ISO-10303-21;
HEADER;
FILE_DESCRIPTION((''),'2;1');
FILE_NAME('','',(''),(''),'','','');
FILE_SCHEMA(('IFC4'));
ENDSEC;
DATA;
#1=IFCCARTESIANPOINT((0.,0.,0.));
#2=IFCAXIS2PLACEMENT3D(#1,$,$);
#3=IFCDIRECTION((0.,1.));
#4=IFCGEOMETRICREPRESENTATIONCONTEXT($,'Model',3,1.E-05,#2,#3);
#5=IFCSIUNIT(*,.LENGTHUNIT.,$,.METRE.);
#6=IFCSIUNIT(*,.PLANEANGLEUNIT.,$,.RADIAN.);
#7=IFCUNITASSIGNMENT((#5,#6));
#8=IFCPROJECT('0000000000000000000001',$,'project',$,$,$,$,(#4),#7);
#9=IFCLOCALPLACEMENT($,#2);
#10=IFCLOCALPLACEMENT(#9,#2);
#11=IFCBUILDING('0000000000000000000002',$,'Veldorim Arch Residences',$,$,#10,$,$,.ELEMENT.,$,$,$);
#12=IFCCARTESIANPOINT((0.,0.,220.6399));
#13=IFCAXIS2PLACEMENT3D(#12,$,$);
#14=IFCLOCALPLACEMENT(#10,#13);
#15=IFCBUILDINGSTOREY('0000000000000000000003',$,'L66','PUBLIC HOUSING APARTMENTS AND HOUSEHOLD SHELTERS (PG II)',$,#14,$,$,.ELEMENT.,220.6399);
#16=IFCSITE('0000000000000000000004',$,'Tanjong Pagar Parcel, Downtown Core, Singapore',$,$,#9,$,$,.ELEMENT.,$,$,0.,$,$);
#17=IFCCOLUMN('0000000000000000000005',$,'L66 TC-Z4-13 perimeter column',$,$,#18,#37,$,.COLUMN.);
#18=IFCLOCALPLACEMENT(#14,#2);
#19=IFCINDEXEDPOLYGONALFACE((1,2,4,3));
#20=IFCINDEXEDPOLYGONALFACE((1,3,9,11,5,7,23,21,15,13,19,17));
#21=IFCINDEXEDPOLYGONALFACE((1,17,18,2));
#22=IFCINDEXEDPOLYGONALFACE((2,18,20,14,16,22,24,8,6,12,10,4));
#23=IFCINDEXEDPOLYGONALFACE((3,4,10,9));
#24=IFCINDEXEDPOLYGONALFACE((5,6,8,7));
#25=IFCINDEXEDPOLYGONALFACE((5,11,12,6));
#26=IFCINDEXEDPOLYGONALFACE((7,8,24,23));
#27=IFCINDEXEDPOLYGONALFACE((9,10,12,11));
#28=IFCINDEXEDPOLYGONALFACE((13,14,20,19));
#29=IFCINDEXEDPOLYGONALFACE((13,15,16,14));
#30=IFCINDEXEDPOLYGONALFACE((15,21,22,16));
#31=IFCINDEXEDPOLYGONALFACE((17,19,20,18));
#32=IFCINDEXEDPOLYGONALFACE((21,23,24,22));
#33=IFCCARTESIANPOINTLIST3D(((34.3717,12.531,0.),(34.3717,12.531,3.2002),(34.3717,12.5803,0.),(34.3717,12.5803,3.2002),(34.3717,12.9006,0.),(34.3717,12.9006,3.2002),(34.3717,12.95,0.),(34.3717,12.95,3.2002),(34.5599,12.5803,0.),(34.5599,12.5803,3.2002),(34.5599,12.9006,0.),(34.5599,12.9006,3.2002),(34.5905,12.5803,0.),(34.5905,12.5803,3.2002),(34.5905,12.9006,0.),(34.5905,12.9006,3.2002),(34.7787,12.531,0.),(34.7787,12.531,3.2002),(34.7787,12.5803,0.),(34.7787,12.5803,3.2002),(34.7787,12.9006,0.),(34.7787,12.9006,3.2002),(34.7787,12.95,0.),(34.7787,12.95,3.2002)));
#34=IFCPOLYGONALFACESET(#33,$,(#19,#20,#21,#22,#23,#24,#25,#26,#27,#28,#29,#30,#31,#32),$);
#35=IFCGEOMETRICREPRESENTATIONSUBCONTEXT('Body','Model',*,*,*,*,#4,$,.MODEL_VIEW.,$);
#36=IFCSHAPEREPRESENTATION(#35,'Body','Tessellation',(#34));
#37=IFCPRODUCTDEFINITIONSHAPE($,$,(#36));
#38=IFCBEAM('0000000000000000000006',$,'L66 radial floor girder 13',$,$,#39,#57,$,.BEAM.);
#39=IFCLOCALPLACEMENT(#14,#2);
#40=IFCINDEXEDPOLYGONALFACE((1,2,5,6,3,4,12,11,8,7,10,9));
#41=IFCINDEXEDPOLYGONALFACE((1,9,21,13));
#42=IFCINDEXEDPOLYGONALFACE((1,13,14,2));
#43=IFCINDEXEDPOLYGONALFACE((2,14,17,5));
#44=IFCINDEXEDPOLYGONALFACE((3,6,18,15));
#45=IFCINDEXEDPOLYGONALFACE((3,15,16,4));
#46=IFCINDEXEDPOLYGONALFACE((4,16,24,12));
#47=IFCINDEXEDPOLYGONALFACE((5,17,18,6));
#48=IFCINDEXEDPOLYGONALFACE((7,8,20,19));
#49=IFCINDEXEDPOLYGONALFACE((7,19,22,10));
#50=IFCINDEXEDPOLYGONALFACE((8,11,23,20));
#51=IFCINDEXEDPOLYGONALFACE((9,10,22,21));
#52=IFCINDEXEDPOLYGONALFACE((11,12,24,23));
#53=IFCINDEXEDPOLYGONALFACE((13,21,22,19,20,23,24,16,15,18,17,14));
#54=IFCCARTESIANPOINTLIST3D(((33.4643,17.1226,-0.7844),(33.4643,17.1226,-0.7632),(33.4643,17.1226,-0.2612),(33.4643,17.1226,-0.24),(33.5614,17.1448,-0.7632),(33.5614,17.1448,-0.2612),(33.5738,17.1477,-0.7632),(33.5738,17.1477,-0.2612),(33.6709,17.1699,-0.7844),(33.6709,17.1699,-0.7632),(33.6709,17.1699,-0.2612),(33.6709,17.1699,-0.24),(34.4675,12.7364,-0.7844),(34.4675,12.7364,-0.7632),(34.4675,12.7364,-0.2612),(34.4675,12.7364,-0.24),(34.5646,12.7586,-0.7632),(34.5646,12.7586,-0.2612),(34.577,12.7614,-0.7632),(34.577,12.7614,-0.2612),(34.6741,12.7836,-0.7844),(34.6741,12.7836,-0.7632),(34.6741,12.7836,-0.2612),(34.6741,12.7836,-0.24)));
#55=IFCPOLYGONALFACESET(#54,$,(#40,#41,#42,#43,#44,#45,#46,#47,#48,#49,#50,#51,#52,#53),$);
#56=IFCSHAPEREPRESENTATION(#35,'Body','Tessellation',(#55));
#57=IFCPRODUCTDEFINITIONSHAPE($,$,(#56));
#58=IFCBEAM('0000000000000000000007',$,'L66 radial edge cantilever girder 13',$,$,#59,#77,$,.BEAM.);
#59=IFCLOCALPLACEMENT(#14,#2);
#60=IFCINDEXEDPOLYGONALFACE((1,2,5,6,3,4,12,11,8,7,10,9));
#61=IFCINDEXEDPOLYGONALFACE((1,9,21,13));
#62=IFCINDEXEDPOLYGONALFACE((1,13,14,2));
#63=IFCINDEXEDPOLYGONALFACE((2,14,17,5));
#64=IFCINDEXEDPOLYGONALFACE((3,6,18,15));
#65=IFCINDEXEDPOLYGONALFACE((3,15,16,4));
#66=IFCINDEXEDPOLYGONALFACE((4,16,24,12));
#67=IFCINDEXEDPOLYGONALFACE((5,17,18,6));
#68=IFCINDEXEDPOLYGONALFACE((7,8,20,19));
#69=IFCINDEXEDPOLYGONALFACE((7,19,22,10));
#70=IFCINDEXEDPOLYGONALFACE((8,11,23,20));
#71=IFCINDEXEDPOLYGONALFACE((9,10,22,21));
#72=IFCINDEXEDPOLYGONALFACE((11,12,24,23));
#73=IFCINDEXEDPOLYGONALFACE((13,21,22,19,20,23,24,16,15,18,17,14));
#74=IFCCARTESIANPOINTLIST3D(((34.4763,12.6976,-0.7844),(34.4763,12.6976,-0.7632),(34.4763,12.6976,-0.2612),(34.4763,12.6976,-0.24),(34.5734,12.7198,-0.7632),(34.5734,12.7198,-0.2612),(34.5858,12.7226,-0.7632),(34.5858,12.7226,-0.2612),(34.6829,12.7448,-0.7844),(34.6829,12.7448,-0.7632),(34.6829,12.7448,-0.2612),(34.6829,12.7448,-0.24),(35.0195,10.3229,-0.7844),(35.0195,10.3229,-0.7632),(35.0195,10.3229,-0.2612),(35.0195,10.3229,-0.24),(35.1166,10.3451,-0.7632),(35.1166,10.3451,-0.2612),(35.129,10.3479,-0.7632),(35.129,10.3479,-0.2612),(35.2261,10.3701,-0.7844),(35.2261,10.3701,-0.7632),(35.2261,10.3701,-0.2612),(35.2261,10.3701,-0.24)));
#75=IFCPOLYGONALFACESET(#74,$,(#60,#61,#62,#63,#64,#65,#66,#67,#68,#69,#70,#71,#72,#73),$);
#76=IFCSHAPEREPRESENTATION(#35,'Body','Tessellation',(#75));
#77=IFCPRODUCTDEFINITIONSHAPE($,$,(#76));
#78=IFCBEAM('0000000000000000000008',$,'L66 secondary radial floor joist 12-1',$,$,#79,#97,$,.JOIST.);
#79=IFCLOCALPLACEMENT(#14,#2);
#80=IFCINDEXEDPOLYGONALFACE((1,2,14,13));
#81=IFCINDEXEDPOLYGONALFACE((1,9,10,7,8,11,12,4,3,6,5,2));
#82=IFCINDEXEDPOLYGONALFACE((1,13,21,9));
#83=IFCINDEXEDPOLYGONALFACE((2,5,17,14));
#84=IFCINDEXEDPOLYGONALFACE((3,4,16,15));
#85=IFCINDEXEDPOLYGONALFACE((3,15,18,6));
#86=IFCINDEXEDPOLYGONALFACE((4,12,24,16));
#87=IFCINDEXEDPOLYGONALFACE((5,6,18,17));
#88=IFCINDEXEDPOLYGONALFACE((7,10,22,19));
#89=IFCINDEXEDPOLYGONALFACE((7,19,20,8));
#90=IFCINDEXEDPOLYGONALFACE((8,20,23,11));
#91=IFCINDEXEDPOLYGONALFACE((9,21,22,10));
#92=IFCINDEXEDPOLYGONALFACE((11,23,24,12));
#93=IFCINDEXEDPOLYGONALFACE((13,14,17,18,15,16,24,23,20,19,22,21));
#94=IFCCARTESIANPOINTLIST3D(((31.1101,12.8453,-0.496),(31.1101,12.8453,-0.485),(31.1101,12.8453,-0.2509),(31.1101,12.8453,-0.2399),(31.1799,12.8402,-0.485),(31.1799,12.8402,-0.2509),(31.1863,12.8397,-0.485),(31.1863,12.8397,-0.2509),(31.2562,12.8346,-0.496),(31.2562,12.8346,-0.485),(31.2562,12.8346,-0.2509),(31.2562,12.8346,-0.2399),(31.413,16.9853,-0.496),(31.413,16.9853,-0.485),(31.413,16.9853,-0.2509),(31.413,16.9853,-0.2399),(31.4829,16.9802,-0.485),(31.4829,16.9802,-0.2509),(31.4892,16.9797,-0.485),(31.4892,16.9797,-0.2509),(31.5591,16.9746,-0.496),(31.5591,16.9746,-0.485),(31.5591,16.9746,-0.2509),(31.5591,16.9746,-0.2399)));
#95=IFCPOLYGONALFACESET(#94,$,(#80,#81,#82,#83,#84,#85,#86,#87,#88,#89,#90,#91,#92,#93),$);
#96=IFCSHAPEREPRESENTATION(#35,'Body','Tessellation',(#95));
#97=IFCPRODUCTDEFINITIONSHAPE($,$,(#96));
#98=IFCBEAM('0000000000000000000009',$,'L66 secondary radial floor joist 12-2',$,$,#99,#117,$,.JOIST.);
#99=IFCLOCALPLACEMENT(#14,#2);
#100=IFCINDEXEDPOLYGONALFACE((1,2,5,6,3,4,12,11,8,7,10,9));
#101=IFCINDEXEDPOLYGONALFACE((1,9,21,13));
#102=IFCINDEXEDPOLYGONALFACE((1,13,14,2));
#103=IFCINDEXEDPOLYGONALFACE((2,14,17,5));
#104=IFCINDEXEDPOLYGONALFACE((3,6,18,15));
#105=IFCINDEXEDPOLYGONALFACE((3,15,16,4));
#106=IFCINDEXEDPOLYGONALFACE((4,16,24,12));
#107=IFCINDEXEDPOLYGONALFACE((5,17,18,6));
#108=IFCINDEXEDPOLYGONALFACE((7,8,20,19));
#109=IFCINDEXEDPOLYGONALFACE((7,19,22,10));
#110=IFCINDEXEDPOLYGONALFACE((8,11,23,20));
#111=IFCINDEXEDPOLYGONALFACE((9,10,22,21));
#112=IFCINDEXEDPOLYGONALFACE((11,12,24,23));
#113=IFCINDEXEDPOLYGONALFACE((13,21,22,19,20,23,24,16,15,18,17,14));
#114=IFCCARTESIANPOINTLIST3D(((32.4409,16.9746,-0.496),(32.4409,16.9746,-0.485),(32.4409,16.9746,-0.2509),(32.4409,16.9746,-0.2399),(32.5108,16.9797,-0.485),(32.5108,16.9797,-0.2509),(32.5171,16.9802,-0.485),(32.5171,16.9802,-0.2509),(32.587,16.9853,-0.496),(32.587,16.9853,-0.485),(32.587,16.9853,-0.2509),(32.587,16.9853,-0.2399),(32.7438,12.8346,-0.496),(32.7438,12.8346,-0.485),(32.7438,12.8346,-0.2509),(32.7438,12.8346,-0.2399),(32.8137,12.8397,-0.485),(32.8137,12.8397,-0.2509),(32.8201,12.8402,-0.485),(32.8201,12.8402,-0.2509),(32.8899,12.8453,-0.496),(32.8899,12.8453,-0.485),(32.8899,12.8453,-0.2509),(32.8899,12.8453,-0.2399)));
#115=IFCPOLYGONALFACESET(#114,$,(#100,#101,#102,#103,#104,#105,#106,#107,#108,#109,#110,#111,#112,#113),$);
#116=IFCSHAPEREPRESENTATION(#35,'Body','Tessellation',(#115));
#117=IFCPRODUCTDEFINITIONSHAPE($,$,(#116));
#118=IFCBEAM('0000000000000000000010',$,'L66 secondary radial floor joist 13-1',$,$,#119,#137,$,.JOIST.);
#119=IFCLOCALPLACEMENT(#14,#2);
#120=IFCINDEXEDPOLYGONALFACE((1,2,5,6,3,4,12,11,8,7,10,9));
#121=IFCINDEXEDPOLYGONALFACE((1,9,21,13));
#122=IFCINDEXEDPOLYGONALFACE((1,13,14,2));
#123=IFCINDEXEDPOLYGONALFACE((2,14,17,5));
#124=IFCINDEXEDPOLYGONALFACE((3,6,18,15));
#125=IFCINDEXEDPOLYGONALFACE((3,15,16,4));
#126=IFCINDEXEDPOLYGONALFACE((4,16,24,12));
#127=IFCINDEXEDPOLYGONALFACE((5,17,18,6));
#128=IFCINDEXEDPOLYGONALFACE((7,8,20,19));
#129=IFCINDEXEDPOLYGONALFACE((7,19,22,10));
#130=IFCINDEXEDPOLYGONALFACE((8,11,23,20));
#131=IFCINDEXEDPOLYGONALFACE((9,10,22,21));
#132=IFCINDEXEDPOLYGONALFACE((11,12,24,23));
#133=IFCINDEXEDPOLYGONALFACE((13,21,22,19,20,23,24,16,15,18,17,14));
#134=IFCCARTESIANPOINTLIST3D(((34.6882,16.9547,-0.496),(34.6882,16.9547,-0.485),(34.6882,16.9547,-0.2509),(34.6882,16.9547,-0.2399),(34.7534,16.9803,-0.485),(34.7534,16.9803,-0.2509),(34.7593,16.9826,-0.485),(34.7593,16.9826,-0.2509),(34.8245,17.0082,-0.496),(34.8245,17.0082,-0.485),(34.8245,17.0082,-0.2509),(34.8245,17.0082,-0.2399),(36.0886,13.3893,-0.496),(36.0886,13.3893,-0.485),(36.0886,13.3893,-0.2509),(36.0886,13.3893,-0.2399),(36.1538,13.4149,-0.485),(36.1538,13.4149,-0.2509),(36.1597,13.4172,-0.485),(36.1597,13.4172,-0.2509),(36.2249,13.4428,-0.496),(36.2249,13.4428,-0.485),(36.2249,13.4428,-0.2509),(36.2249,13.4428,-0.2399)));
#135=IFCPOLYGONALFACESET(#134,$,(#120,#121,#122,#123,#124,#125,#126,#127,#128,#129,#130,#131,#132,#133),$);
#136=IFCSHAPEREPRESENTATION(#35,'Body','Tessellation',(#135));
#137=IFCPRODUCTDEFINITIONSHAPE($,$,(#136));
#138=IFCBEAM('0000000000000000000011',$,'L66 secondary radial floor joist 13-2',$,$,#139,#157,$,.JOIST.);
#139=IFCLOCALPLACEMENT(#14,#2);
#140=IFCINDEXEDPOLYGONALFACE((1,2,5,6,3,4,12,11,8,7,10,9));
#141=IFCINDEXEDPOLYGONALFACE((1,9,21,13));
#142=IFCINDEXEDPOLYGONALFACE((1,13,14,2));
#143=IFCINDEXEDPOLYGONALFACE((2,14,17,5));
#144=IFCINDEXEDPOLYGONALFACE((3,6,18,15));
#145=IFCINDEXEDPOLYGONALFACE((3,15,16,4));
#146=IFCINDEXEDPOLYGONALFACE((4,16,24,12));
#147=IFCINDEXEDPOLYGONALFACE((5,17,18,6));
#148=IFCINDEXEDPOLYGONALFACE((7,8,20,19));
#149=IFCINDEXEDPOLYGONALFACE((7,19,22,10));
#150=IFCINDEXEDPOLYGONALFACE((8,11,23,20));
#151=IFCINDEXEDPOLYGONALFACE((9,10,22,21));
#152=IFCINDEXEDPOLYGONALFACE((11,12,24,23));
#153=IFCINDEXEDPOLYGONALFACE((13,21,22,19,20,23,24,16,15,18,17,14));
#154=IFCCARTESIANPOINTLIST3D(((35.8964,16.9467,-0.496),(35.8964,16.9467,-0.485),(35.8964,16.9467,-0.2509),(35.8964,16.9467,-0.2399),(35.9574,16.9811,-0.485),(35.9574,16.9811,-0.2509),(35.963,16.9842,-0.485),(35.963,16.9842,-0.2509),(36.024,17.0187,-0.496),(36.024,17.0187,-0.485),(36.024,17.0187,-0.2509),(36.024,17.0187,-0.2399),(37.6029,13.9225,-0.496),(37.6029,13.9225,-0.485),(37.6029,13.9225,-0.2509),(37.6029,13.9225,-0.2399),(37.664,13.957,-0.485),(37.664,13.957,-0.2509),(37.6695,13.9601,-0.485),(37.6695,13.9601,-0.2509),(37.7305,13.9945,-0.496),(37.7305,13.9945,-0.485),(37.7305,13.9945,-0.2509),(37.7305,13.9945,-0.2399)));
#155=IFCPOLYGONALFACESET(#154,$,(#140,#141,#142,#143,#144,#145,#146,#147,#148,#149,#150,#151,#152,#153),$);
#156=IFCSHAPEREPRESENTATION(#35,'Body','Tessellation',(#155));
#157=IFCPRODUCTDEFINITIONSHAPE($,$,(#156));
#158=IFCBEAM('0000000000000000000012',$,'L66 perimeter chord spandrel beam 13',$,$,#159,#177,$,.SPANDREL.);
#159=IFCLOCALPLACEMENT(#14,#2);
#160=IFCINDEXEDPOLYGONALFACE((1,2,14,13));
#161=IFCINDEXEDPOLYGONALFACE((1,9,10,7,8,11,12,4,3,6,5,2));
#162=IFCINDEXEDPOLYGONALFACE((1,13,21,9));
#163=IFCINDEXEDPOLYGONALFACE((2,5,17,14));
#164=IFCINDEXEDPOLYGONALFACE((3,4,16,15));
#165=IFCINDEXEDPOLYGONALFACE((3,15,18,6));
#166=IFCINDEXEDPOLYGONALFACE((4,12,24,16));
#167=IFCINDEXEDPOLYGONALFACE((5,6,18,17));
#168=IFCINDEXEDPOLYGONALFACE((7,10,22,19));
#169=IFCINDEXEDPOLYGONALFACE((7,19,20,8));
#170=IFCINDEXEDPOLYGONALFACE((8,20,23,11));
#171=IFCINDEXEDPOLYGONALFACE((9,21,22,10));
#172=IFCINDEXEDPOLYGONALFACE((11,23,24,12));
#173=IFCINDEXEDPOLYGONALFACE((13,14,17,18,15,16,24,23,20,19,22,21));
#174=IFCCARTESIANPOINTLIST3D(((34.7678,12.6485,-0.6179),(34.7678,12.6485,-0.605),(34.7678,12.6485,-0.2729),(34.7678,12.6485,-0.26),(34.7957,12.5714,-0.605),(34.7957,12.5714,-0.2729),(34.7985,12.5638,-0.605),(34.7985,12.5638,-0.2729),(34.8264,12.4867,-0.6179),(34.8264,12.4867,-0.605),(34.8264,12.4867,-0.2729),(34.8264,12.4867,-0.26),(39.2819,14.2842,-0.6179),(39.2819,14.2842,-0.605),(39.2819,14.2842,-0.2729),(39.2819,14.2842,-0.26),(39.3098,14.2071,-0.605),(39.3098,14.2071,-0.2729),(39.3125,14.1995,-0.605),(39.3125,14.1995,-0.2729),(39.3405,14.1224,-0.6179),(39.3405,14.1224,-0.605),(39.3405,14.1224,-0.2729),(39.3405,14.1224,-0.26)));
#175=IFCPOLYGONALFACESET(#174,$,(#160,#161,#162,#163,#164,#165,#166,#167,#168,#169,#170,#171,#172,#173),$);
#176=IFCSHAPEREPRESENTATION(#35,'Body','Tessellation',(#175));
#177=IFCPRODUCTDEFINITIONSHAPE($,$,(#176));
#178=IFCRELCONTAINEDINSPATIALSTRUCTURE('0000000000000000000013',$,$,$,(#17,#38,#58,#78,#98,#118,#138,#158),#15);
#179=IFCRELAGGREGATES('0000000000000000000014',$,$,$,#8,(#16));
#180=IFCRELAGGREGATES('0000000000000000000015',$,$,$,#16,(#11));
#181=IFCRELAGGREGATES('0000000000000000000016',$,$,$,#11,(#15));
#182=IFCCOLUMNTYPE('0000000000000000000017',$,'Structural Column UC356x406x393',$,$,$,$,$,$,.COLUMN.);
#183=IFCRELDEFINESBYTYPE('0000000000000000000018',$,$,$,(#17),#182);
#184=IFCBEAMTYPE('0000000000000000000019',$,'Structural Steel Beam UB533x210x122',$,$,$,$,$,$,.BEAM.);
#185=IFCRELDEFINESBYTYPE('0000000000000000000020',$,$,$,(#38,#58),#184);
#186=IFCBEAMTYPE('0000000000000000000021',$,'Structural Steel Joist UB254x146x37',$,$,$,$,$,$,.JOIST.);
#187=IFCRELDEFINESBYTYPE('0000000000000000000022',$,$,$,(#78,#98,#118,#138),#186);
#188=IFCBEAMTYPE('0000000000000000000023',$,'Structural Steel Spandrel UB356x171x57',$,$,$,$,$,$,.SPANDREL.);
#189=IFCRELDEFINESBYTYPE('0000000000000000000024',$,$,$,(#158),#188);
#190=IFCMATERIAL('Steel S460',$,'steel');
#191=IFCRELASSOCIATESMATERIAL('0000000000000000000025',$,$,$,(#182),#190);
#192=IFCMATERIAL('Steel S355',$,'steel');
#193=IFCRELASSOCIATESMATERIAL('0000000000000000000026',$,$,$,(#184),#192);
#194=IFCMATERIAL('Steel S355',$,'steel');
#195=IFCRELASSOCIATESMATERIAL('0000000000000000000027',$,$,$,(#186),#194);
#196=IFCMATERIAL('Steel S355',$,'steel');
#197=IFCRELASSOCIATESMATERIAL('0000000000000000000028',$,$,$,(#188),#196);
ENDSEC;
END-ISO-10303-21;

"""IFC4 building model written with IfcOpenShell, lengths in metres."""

from ifc_helpers import new_model, si_unit, direction, frame, origin, origin_2d, place, context, subcontext, project, spatial, i_section, extrude, material, material_profile, profile_set, type_object, element, save


model = new_model("IFC4")

# Units and contexts
model_context = context("Model", 3, precision=1e-05, world=origin(), true_north=direction((0.0, 1.0)))
body_context = subcontext(model_context, "Body", "Model", "MODEL_VIEW")
ifc_project = project(units=[si_unit("LENGTHUNIT", "METRE"), si_unit("PLANEANGLEUNIT", "RADIAN")], contexts=[model_context])

# Site, building, storey
site_placement = place(None, origin())
site = spatial("IfcSite", under=ifc_project, at=site_placement, Name="Tanjong Pagar Parcel, Downtown Core, Singapore", CompositionType="ELEMENT", RefElevation=0.0)
building_placement = place(site_placement, origin())
building = spatial("IfcBuilding", under=site, at=building_placement, Name="Veldorim Arch Residences", CompositionType="ELEMENT")
storey_placement = place(building_placement, frame((0.0, 0.0, 220.6399)))
storey = spatial("IfcBuildingStorey", under=building, at=storey_placement, Name="L66", Description="PUBLIC HOUSING APARTMENTS AND HOUSEHOLD SHELTERS (PG II)", CompositionType="ELEMENT", Elevation=220.6399)

# Column
ifc_material_1 = material(Name="Steel S460", Category="steel")
ifc_material_profile_1 = material_profile(ifc_material_1, i_section(OverallWidth=0.407, OverallDepth=0.4189, WebThickness=0.0305, FlangeThickness=0.0493, at=origin_2d()), Name="UC356x406x393")
ifc_profile_set_1 = profile_set([ifc_material_profile_1], Name="Steel S460")
column_type = type_object("IfcColumnType", Name="Structural Column UC356x406x393", PredefinedType="COLUMN", material=ifc_profile_set_1)
column_placement = place(storey_placement, frame((34.5752, 12.7405, 0.0), z_axis=(0.0, 0.0, 1.0), x_axis=(1.0, 0.0, 0.0)))
element("IfcColumn", 1, at=column_placement, inside=storey, type_object=column_type, Name="L66 TC-Z4-13 perimeter column", PredefinedType="COLUMN", context=body_context, shape_type="SweptSolid", body=[
    extrude(i_section(OverallWidth=0.407, OverallDepth=0.4189, WebThickness=0.0305, FlangeThickness=0.0493, at=origin_2d()), origin(), (0.0, 0.0, 1.0), 3.2002),
])

# Beams
ifc_material_2 = material(Name="Steel S355", Category="steel")
ifc_material_profile_2 = material_profile(ifc_material_2, i_section(OverallWidth=0.2119, OverallDepth=0.5444, WebThickness=0.0127, FlangeThickness=0.0212, at=origin_2d()), Name="UB533x210x122")
ifc_profile_set_2 = profile_set([ifc_material_profile_2], Name="Steel S355")
beam_type_1 = type_object("IfcBeamType", Name="Structural Steel Beam UB533x210x122", PredefinedType="BEAM", material=ifc_profile_set_2)
beam_1_placement = place(storey_placement, frame((33.5676, 17.1462, -0.5122), z_axis=(0.222953, -0.974829, 0.0), x_axis=(0.974829, 0.222953, 0.0)))
element("IfcBeam", 2, at=beam_1_placement, inside=storey, type_object=beam_type_1, Name="L66 radial floor girder 13", PredefinedType="BEAM", context=body_context, shape_type="SweptSolid", body=[
    extrude(i_section(OverallWidth=0.2119, OverallDepth=0.5444, WebThickness=0.0127, FlangeThickness=0.0212, at=origin_2d()), origin(), (0.0, 0.0, 1.0), 4.4995),
])
beam_2_placement = place(storey_placement, frame((34.5796, 12.7212, -0.5122), z_axis=(0.222985, -0.974822, 0.0), x_axis=(0.974822, 0.222985, 0.0)))
element("IfcBeam", 3, at=beam_2_placement, inside=storey, type_object=beam_type_1, Name="L66 radial edge cantilever girder 13", PredefinedType="BEAM", context=body_context, shape_type="SweptSolid", body=[
    extrude(i_section(OverallWidth=0.2119, OverallDepth=0.5444, WebThickness=0.0127, FlangeThickness=0.0212, at=origin_2d()), origin(), (0.0, 0.0, 1.0), 2.436),
])
ifc_material_3 = material(Name="Steel S355", Category="steel")
ifc_material_profile_3 = material_profile(ifc_material_3, i_section(OverallWidth=0.1465, OverallDepth=0.2561, WebThickness=0.0063, FlangeThickness=0.011, at=origin_2d()), Name="UB254x146x37")
ifc_profile_set_3 = profile_set([ifc_material_profile_3], Name="Steel S355")
beam_type_2 = type_object("IfcBeamType", Name="Structural Steel Joist UB254x146x37", PredefinedType="JOIST", material=ifc_profile_set_3)
for number, where, z_axis, x_axis, name in (
    (4, (31.4861, 16.98, -0.3679), (-0.072986, -0.997333, 0.0), (0.997333, -0.072986, 0.0), "L66 secondary radial floor joist 12-1"),
    (5, (32.5139, 16.98, -0.3679), (0.072986, -0.997333, 0.0), (0.997333, 0.072986, 0.0), "L66 secondary radial floor joist 12-2"),
):
    element("IfcBeam", number, at=place(storey_placement, frame(where, z_axis=z_axis, x_axis=x_axis)), inside=storey, type_object=beam_type_2, Name=name, PredefinedType="JOIST", context=body_context, shape_type="SweptSolid", body=[
        extrude(i_section(OverallWidth=0.1465, OverallDepth=0.2561, WebThickness=0.0063, FlangeThickness=0.011, at=origin_2d()), origin(), (0.0, 0.0, 1.0), 4.1511),
    ])
beam_3_placement = place(storey_placement, frame((34.7563, 16.9814, -0.3679), z_axis=(0.365581, -0.930779, 0.0), x_axis=(0.930779, 0.365581, 0.0)))
element("IfcBeam", 6, at=beam_3_placement, inside=storey, type_object=beam_type_2, Name="L66 secondary radial floor joist 13-1", PredefinedType="JOIST", context=body_context, shape_type="SweptSolid", body=[
    extrude(i_section(OverallWidth=0.1465, OverallDepth=0.2561, WebThickness=0.0063, FlangeThickness=0.011, at=origin_2d()), origin(), (0.0, 0.0, 1.0), 3.8306),
])
beam_4_placement = place(storey_placement, frame((35.9602, 16.9827, -0.3679), z_axis=(0.491452, -0.870904, 0.0), x_axis=(0.870904, 0.491452, 0.0)))
element("IfcBeam", 7, at=beam_4_placement, inside=storey, type_object=beam_type_2, Name="L66 secondary radial floor joist 13-2", PredefinedType="JOIST", context=body_context, shape_type="SweptSolid", body=[
    extrude(i_section(OverallWidth=0.1465, OverallDepth=0.2561, WebThickness=0.0063, FlangeThickness=0.011, at=origin_2d()), origin(), (0.0, 0.0, 1.0), 3.4724),
])
ifc_material_4 = material(Name="Steel S355", Category="steel")
ifc_material_profile_4 = material_profile(ifc_material_4, i_section(OverallWidth=0.1721, OverallDepth=0.3579, WebThickness=0.0081, FlangeThickness=0.0129, at=origin_2d()), Name="UB356x171x57")
ifc_profile_set_4 = profile_set([ifc_material_profile_4], Name="Steel S355")
beam_type_3 = type_object("IfcBeamType", Name="Structural Steel Spandrel UB356x171x57", PredefinedType="SPANDREL", material=ifc_profile_set_4)
beam_5_placement = place(storey_placement, frame((34.7971, 12.5676, -0.439), z_axis=(0.940179, 0.340681, 0.0), x_axis=(-0.340681, 0.940179, 0.0)))
element("IfcBeam", 8, at=beam_5_placement, inside=storey, type_object=beam_type_3, Name="L66 perimeter chord spandrel beam 13", PredefinedType="SPANDREL", context=body_context, shape_type="SweptSolid", body=[
    extrude(i_section(OverallWidth=0.1721, OverallDepth=0.3579, WebThickness=0.0081, FlangeThickness=0.0129, at=origin_2d()), origin(), (0.0, 0.0, 1.0), 4.8013),
])

save(model, "model.ifc")
